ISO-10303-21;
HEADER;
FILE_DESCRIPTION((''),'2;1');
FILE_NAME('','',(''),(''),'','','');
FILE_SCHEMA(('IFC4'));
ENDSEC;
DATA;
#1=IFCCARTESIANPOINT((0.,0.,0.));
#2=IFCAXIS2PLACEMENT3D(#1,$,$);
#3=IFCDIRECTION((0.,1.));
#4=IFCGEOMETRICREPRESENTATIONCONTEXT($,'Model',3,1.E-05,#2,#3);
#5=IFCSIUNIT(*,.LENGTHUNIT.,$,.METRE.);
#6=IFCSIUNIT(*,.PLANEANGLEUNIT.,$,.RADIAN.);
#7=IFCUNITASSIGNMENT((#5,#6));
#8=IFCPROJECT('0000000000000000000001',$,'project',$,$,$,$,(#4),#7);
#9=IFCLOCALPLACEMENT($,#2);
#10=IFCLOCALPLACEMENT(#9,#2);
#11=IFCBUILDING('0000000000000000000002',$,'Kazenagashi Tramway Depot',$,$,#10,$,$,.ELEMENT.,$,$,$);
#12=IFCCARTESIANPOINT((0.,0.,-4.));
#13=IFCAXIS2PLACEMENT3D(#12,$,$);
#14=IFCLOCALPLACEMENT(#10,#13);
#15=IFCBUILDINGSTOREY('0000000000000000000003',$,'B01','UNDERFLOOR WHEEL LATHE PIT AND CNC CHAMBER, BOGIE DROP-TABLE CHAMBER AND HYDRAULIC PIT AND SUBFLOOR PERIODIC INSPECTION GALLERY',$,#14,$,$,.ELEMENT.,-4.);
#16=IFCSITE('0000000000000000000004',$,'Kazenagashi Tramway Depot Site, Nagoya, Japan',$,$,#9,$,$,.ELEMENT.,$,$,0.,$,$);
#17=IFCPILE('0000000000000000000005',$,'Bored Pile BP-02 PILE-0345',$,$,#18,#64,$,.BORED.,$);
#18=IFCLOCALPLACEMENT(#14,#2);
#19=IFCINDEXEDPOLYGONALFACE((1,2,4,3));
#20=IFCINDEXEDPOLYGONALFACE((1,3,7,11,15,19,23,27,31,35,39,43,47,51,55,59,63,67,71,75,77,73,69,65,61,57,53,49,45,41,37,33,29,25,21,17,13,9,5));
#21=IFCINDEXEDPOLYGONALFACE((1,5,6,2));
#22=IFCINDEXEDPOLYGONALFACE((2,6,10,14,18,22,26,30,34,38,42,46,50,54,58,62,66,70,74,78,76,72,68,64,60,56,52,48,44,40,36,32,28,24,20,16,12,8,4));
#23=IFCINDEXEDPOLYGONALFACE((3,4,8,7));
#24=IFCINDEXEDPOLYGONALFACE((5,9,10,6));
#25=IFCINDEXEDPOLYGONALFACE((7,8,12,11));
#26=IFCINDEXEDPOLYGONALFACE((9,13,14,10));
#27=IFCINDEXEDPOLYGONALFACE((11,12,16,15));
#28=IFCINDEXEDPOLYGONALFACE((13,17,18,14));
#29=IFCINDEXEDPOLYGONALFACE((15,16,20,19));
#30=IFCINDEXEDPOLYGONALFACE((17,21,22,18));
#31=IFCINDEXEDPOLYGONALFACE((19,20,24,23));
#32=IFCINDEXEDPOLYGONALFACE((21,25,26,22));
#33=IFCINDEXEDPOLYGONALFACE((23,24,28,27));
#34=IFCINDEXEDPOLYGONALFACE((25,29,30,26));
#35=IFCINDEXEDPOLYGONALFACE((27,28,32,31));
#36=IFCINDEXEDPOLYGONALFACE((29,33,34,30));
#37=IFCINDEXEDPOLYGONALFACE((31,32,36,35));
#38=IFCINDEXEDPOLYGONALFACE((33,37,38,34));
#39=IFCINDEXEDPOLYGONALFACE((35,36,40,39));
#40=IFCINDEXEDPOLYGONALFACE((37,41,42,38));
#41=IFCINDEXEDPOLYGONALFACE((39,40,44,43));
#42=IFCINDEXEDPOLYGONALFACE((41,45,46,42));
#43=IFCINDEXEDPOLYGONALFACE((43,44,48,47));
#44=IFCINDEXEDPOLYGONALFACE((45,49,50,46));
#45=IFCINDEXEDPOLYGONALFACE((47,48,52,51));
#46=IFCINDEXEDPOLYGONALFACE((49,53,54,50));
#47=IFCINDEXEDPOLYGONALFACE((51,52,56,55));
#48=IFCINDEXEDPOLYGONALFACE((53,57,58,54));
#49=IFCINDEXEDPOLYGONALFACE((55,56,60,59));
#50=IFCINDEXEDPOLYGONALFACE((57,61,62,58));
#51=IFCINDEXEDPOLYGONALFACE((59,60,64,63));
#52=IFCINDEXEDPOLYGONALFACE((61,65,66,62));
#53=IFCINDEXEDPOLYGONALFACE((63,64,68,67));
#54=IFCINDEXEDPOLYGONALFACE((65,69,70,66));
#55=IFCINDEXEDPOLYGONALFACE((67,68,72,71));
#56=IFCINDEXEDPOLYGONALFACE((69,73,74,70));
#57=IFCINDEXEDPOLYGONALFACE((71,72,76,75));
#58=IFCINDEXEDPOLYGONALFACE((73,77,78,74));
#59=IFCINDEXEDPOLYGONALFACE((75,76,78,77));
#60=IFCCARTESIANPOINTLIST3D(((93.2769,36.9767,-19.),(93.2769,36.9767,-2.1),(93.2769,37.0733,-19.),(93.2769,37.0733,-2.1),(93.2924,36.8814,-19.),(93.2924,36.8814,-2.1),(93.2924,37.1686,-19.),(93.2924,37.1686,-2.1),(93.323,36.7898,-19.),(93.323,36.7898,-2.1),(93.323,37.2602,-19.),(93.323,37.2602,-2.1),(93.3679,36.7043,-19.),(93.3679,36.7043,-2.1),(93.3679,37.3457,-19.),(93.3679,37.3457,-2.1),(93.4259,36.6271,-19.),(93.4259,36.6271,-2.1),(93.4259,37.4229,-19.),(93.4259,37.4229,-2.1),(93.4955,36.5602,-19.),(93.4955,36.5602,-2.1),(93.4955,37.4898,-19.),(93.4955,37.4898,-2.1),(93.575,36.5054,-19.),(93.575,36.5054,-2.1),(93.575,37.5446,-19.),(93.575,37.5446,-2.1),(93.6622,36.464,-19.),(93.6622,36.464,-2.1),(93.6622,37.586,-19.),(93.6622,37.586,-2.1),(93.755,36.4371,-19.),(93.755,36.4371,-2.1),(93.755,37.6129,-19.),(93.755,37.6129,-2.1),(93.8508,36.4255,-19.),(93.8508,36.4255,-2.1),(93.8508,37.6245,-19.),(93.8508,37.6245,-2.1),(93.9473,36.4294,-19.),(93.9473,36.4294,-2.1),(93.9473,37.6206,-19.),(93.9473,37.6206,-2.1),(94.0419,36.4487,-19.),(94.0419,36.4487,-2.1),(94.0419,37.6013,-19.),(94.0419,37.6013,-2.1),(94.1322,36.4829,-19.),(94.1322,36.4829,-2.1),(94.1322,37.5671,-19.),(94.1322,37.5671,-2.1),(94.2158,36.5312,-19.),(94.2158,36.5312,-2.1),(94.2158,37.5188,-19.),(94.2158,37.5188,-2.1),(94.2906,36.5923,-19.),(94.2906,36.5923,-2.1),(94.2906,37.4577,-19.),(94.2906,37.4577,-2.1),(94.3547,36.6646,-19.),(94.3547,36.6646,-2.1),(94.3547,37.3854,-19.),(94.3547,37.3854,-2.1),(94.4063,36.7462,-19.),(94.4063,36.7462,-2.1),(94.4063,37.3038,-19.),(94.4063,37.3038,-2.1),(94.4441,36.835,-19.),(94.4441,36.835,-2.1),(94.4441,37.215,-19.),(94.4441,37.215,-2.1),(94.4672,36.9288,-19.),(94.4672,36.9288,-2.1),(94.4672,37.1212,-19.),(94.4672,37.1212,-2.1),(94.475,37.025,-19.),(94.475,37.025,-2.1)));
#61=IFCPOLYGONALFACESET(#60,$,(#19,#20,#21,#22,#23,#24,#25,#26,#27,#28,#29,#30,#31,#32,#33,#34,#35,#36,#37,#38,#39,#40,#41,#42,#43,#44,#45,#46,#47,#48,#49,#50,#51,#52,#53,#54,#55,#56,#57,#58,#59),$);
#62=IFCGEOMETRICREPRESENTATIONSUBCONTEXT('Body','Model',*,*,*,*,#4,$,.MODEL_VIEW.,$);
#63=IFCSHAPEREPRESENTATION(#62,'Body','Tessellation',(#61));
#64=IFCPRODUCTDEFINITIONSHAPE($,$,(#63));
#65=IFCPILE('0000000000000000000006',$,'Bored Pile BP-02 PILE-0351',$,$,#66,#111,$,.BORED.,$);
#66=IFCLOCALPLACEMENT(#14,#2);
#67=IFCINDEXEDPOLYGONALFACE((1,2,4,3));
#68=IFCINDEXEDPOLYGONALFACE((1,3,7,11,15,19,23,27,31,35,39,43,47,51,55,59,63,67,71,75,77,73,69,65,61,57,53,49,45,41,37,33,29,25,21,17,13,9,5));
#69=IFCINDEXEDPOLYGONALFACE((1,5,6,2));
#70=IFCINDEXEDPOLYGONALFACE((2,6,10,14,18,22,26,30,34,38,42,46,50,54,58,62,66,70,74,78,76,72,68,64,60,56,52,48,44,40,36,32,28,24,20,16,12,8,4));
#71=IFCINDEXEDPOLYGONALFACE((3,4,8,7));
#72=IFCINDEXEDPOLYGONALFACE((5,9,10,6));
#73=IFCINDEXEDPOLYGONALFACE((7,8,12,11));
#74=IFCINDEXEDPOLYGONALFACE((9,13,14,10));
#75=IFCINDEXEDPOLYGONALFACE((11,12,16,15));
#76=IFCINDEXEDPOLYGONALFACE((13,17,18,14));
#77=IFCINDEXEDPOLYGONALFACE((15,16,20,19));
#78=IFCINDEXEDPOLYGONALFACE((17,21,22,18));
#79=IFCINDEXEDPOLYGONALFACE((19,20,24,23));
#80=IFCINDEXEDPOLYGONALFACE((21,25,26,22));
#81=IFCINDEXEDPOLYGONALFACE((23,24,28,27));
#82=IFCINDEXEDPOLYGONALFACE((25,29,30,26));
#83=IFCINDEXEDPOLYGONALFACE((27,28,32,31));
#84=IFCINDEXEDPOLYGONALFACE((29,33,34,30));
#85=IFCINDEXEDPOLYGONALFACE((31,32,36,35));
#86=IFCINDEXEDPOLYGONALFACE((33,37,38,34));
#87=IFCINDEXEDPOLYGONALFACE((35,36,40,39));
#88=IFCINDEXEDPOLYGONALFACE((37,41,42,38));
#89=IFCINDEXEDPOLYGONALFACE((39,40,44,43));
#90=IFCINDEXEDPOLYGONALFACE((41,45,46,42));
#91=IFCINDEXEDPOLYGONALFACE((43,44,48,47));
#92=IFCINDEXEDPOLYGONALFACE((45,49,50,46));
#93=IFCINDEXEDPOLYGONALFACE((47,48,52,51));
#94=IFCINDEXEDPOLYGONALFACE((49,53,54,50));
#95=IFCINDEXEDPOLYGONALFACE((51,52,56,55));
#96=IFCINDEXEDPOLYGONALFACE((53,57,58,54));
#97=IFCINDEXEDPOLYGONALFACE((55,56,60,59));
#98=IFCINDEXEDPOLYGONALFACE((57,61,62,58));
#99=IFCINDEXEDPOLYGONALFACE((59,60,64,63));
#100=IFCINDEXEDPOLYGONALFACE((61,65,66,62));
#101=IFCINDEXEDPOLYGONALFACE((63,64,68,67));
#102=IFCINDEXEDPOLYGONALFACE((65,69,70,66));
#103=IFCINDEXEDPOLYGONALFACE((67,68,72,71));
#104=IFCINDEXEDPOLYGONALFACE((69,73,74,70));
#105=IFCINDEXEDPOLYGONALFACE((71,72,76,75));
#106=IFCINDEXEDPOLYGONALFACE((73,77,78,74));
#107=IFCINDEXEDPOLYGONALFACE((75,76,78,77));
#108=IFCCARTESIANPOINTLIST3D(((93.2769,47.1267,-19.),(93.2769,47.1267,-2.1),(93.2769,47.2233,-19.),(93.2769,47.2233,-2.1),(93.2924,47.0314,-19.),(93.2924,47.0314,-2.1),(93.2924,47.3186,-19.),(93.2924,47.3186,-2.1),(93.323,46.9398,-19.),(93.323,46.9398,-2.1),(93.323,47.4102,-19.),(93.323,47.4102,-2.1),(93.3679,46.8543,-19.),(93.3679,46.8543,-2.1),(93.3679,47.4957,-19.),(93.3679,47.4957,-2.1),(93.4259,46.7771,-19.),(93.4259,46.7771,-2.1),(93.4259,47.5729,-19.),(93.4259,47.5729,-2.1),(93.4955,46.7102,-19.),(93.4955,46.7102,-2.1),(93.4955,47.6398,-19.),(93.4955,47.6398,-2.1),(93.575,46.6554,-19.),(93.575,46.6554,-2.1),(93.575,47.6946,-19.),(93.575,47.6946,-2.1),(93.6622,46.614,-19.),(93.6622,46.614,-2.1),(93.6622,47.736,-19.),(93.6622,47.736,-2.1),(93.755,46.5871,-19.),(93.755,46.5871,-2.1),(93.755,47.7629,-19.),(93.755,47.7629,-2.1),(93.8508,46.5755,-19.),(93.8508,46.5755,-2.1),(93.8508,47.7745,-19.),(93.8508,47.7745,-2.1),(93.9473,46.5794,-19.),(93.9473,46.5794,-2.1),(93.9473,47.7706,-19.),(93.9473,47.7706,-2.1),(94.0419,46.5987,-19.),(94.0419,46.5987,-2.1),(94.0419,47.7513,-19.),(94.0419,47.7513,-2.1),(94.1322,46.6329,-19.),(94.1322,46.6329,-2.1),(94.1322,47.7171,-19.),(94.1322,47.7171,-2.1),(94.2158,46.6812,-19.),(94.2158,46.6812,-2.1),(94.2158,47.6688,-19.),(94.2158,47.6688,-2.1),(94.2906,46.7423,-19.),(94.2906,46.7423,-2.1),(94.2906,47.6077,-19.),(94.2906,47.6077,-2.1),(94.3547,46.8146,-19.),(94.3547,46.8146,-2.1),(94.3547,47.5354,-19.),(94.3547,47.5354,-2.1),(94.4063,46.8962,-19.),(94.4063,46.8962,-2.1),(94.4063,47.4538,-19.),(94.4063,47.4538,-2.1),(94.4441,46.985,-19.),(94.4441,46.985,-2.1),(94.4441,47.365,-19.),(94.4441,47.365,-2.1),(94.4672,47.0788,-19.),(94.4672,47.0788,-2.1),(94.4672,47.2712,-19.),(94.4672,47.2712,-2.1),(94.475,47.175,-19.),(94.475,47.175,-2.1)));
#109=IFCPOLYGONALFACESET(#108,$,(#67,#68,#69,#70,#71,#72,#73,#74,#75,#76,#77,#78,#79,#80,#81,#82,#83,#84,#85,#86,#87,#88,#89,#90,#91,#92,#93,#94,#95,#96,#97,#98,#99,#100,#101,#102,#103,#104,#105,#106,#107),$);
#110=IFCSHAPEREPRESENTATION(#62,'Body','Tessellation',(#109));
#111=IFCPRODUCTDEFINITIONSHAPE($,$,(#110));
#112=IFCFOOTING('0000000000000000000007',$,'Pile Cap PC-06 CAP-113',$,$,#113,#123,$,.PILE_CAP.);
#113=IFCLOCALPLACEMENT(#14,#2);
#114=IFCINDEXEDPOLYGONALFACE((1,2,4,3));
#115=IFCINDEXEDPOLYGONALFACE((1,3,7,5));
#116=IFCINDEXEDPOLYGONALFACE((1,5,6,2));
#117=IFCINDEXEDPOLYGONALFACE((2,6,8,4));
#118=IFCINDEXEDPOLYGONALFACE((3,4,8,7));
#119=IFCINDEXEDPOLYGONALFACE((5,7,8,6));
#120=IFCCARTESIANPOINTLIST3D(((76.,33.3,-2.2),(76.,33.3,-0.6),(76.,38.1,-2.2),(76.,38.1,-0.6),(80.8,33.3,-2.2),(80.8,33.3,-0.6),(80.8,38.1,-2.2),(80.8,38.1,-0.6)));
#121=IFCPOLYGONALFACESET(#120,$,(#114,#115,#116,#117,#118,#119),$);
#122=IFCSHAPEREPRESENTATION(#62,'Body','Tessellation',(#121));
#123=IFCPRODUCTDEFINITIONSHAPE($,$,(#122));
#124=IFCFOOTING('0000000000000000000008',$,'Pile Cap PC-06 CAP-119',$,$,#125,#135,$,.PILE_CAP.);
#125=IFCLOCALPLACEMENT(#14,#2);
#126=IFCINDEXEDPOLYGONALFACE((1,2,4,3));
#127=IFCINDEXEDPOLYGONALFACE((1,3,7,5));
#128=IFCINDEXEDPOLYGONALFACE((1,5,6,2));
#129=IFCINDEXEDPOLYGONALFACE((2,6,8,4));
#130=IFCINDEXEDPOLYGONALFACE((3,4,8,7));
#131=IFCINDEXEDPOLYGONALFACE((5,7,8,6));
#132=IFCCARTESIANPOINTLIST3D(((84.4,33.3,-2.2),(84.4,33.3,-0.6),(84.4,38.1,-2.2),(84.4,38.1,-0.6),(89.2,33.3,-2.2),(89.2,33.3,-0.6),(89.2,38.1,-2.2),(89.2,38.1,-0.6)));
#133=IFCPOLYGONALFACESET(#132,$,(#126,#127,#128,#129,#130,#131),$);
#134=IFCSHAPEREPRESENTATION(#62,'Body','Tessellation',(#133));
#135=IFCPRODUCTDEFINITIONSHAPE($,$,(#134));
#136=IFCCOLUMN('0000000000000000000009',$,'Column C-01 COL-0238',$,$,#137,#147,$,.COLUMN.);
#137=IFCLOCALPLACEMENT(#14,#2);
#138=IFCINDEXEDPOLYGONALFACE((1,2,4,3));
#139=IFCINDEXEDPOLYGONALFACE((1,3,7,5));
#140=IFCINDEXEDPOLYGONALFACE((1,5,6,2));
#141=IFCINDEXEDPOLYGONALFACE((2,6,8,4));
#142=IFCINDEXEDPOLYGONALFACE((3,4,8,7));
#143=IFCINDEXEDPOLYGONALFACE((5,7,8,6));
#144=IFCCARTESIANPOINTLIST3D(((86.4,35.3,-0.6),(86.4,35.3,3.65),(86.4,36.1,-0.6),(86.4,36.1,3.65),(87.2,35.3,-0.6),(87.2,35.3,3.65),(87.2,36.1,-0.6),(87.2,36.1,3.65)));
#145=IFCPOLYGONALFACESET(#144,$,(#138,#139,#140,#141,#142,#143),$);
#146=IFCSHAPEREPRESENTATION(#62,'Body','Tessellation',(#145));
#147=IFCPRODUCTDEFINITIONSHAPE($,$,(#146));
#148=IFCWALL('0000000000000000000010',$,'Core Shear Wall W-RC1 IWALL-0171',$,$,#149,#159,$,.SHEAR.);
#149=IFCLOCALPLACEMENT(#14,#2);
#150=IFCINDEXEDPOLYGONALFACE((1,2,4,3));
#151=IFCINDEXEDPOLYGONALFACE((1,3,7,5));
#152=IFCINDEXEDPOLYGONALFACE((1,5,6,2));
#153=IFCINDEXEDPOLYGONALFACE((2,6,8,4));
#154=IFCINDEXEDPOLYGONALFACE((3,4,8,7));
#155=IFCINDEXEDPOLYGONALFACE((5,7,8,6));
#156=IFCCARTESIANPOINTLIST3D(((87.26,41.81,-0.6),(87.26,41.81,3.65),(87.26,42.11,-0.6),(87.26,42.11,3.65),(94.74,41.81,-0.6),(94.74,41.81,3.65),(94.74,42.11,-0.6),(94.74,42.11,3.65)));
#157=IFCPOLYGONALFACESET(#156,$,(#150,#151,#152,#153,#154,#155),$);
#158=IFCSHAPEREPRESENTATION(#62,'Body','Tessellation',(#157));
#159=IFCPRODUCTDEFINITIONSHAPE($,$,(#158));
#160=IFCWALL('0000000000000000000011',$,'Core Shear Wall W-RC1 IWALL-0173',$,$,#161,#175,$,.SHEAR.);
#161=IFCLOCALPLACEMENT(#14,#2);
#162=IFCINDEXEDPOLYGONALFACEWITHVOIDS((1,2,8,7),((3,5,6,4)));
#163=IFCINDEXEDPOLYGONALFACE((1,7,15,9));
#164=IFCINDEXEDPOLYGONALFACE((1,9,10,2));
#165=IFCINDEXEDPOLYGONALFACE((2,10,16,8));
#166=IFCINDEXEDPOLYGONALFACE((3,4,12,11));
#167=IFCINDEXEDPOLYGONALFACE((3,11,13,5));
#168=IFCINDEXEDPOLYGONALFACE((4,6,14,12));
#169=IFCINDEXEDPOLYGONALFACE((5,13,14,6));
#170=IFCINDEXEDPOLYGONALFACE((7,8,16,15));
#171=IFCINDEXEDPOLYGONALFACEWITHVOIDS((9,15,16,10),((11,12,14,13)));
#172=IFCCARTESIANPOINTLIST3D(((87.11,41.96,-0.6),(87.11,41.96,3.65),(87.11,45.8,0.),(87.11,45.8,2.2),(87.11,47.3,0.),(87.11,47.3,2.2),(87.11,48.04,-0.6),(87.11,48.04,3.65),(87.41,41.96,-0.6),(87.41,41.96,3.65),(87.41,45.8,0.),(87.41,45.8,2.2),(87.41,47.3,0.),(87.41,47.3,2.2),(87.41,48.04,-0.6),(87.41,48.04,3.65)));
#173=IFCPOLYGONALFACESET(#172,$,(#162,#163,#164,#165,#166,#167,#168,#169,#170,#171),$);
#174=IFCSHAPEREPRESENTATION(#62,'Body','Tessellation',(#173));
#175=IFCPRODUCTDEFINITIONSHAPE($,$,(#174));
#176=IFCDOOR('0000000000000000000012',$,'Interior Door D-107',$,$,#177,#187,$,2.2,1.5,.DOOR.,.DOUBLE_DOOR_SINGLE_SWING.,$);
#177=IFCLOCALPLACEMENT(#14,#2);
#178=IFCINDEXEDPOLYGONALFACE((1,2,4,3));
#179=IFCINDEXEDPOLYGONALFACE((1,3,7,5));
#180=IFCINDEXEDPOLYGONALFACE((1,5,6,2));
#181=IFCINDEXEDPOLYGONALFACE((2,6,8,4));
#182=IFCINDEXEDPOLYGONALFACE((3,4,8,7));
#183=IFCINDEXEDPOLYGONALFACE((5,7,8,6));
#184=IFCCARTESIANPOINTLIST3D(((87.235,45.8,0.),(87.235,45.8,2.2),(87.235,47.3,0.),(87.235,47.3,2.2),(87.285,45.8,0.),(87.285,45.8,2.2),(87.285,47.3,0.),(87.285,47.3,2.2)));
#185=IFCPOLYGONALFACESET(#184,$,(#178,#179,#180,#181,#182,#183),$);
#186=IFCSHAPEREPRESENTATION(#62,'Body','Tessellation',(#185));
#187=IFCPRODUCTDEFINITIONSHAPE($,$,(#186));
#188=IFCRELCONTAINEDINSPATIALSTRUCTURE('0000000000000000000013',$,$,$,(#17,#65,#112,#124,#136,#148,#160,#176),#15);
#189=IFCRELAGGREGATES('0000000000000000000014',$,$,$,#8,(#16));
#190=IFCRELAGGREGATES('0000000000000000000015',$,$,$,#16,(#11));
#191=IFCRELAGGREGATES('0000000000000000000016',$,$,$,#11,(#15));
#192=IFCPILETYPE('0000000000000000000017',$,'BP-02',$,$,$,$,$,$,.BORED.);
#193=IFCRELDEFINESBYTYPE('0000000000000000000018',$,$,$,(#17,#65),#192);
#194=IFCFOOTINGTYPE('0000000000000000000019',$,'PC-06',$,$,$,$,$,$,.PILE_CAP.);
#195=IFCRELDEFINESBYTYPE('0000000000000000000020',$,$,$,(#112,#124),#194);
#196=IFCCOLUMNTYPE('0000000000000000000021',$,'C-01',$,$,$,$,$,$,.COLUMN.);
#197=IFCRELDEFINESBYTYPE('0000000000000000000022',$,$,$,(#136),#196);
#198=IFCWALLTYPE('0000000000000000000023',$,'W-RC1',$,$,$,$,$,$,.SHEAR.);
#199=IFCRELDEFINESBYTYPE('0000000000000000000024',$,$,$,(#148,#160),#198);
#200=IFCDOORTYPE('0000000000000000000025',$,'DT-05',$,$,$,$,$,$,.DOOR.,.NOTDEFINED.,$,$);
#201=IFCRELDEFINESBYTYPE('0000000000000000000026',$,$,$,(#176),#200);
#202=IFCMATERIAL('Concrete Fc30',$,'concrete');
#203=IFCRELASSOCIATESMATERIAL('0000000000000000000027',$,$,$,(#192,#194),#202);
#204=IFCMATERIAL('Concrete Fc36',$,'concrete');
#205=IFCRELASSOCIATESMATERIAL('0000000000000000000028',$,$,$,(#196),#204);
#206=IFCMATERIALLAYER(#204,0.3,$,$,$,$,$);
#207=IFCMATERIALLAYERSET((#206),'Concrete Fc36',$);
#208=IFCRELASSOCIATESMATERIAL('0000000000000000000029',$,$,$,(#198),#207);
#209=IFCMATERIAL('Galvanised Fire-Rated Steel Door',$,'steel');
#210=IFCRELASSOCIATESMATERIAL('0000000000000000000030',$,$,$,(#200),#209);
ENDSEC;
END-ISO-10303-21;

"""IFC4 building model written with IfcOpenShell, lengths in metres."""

from ifc_helpers import new_model, si_unit, direction, frame, frame_2d, origin, origin_2d, place, context, subcontext, project, spatial, rectangle, circle, extrude, material, layer, layer_set, material_profile, profile_set, type_object, element, fill, save


model = new_model("IFC4")

# Units and contexts
model_context = context("Model", 3, precision=1e-05, world=origin(), true_north=direction((0.0, 1.0)))
body_context = subcontext(model_context, "Body", "Model", "MODEL_VIEW")
ifc_project = project(units=[si_unit("LENGTHUNIT", "METRE"), si_unit("PLANEANGLEUNIT", "RADIAN")], contexts=[model_context])

# Site, building, storey
site_placement = place(None, origin())
site = spatial("IfcSite", under=ifc_project, at=site_placement, Name="Kazenagashi Tramway Depot Site, Nagoya, Japan", CompositionType="ELEMENT", RefElevation=0.0)
building_placement = place(site_placement, origin())
building = spatial("IfcBuilding", under=site, at=building_placement, Name="Kazenagashi Tramway Depot", CompositionType="ELEMENT")
storey_placement = place(building_placement, frame((0.0, 0.0, -4.0)))
storey = spatial("IfcBuildingStorey", under=building, at=storey_placement, Name="B01", Description="UNDERFLOOR WHEEL LATHE PIT AND CNC CHAMBER, BOGIE DROP-TABLE CHAMBER AND HYDRAULIC PIT AND SUBFLOOR PERIODIC INSPECTION GALLERY", CompositionType="ELEMENT", Elevation=-4.0)

# Piles
ifc_material_1 = material(Name="Concrete Fc30", Category="concrete")
ifc_material_profile_1 = material_profile(ifc_material_1, circle(Radius=0.6, at=origin_2d()), Name="PILE-1200")
ifc_profile_set_1 = profile_set([ifc_material_profile_1], Name="Concrete Fc30")
pile_type = type_object("IfcPileType", Name="BP-02", PredefinedType="BORED", material=ifc_profile_set_1)
for number, where, z_axis, x_axis, name in (
    (1, (93.875, 37.025, -2.1), (0.0, 0.0, -1.0), (1.0, 0.0, 0.0), "Bored Pile BP-02 PILE-0345"),
    (2, (93.875, 47.175, -2.1), (0.0, 0.0, -1.0), (1.0, 0.0, 0.0), "Bored Pile BP-02 PILE-0351"),
):
    element("IfcPile", number, at=place(storey_placement, frame(where, z_axis=z_axis, x_axis=x_axis)), inside=storey, type_object=pile_type, Name=name, PredefinedType="BORED", context=body_context, shape_type="SweptSolid", body=[
        extrude(circle(Radius=0.6, at=origin_2d()), origin(), (0.0, 0.0, 1.0), 16.9),
    ])

# Footings
footing_type = type_object("IfcFootingType", Name="PC-06", PredefinedType="PILE_CAP", material=ifc_material_1)
for number, where, z_axis, x_axis, name in (
    (3, (78.4, 35.7, -2.2), (0.0, 0.0, 1.0), (1.0, 0.0, 0.0), "Pile Cap PC-06 CAP-113"),
    (4, (86.8, 35.7, -2.2), (0.0, 0.0, 1.0), (1.0, 0.0, 0.0), "Pile Cap PC-06 CAP-119"),
):
    element("IfcFooting", number, at=place(storey_placement, frame(where, z_axis=z_axis, x_axis=x_axis)), inside=storey, type_object=footing_type, Name=name, PredefinedType="PILE_CAP", context=body_context, shape_type="SweptSolid", body=[
        extrude(rectangle(XDim=4.8, YDim=4.8, at=origin_2d()), origin(), (0.0, 0.0, 1.0), 1.6),
    ])

# Column
ifc_material_2 = material(Name="Concrete Fc36", Category="concrete")
ifc_material_profile_2 = material_profile(ifc_material_2, rectangle(XDim=0.8, YDim=0.8, at=origin_2d()), Name="RC-800x800")
ifc_profile_set_2 = profile_set([ifc_material_profile_2], Name="Concrete Fc36")
column_type = type_object("IfcColumnType", Name="C-01", PredefinedType="COLUMN", material=ifc_profile_set_2)
column_placement = place(storey_placement, frame((86.8, 35.7, -0.6), z_axis=(0.0, 0.0, 1.0), x_axis=(1.0, 0.0, 0.0)))
element("IfcColumn", 5, at=column_placement, inside=storey, type_object=column_type, Name="Column C-01 COL-0238", PredefinedType="COLUMN", context=body_context, shape_type="SweptSolid", body=[
    extrude(rectangle(XDim=0.8, YDim=0.8, at=origin_2d()), origin(), (0.0, 0.0, 1.0), 4.25),
])

# Wall
ifc_layer_1 = layer(ifc_material_2, 0.3)
ifc_layer_set_1 = layer_set([ifc_layer_1], Name="Concrete Fc36")
wall_type = type_object("IfcWallType", Name="W-RC1", PredefinedType="SHEAR", material=ifc_layer_set_1)
wall_1_placement = place(storey_placement, frame((87.26, 41.96, -0.6), z_axis=(0.0, 0.0, 1.0), x_axis=(1.0, 0.0, 0.0)))
element("IfcWall", 6, at=wall_1_placement, inside=storey, type_object=wall_type, Name="Core Shear Wall W-RC1 IWALL-0171", PredefinedType="SHEAR", context=body_context, shape_type="SweptSolid", body=[
    extrude(rectangle(XDim=7.48, YDim=0.3, at=frame_2d((3.74, 0.0))), origin(), (0.0, 0.0, 1.0), 4.25),
])

# Wall, opening, door
wall_2_placement = place(storey_placement, frame((87.26, 41.96, -0.6), z_axis=(0.0, 0.0, 1.0), x_axis=(0.0, 1.0, 0.0)))
wall_2 = element("IfcWall", 7, at=wall_2_placement, inside=storey, type_object=wall_type, Name="Core Shear Wall W-RC1 IWALL-0173", PredefinedType="SHEAR", context=body_context, shape_type="SweptSolid", body=[
    extrude(rectangle(XDim=6.08, YDim=0.3, at=frame_2d((3.04, 0.0))), origin(), (0.0, 0.0, 1.0), 4.25),
])
opening_1_placement = place(wall_2_placement, frame((3.84, 0.0, 0.6)))
opening_1 = element("IfcOpeningElement", 8, at=opening_1_placement, cuts=wall_2, PredefinedType="OPENING", context=body_context, shape_type="SweptSolid", body=[
    extrude(rectangle(XDim=1.5, YDim=2.2, at=frame_2d((0.75, 1.1))), frame((0.0, 0.16, 0.0), z_axis=(0.0, -1.0, 0.0), x_axis=(1.0, 0.0, 0.0)), (0.0, 0.0, 1.0), 0.32),
])
ifc_material_3 = material(Name="Galvanised Fire-Rated Steel Door", Category="steel")
door_type_1 = type_object("IfcDoorType", Name="DT-05", OperationType="NOTDEFINED", PredefinedType="DOOR", material=ifc_material_3)
door_1_placement = place(opening_1_placement, origin())
door_1 = element("IfcDoor", 9, at=door_1_placement, inside=storey, type_object=door_type_1, Name="Interior Door D-107", OperationType="DOUBLE_DOOR_SINGLE_SWING", OverallHeight=2.2, OverallWidth=1.5, PredefinedType="DOOR", context=body_context, shape_type="SweptSolid", body=[
    extrude(rectangle(XDim=1.5, YDim=2.2, at=frame_2d((0.75, 1.1))), frame((0.0, 0.025, 0.0), z_axis=(0.0, -1.0, 0.0), x_axis=(1.0, 0.0, 0.0)), (0.0, 0.0, 1.0), 0.05),
])
fill(opening_1, door_1)

save(model, "model.ifc")
